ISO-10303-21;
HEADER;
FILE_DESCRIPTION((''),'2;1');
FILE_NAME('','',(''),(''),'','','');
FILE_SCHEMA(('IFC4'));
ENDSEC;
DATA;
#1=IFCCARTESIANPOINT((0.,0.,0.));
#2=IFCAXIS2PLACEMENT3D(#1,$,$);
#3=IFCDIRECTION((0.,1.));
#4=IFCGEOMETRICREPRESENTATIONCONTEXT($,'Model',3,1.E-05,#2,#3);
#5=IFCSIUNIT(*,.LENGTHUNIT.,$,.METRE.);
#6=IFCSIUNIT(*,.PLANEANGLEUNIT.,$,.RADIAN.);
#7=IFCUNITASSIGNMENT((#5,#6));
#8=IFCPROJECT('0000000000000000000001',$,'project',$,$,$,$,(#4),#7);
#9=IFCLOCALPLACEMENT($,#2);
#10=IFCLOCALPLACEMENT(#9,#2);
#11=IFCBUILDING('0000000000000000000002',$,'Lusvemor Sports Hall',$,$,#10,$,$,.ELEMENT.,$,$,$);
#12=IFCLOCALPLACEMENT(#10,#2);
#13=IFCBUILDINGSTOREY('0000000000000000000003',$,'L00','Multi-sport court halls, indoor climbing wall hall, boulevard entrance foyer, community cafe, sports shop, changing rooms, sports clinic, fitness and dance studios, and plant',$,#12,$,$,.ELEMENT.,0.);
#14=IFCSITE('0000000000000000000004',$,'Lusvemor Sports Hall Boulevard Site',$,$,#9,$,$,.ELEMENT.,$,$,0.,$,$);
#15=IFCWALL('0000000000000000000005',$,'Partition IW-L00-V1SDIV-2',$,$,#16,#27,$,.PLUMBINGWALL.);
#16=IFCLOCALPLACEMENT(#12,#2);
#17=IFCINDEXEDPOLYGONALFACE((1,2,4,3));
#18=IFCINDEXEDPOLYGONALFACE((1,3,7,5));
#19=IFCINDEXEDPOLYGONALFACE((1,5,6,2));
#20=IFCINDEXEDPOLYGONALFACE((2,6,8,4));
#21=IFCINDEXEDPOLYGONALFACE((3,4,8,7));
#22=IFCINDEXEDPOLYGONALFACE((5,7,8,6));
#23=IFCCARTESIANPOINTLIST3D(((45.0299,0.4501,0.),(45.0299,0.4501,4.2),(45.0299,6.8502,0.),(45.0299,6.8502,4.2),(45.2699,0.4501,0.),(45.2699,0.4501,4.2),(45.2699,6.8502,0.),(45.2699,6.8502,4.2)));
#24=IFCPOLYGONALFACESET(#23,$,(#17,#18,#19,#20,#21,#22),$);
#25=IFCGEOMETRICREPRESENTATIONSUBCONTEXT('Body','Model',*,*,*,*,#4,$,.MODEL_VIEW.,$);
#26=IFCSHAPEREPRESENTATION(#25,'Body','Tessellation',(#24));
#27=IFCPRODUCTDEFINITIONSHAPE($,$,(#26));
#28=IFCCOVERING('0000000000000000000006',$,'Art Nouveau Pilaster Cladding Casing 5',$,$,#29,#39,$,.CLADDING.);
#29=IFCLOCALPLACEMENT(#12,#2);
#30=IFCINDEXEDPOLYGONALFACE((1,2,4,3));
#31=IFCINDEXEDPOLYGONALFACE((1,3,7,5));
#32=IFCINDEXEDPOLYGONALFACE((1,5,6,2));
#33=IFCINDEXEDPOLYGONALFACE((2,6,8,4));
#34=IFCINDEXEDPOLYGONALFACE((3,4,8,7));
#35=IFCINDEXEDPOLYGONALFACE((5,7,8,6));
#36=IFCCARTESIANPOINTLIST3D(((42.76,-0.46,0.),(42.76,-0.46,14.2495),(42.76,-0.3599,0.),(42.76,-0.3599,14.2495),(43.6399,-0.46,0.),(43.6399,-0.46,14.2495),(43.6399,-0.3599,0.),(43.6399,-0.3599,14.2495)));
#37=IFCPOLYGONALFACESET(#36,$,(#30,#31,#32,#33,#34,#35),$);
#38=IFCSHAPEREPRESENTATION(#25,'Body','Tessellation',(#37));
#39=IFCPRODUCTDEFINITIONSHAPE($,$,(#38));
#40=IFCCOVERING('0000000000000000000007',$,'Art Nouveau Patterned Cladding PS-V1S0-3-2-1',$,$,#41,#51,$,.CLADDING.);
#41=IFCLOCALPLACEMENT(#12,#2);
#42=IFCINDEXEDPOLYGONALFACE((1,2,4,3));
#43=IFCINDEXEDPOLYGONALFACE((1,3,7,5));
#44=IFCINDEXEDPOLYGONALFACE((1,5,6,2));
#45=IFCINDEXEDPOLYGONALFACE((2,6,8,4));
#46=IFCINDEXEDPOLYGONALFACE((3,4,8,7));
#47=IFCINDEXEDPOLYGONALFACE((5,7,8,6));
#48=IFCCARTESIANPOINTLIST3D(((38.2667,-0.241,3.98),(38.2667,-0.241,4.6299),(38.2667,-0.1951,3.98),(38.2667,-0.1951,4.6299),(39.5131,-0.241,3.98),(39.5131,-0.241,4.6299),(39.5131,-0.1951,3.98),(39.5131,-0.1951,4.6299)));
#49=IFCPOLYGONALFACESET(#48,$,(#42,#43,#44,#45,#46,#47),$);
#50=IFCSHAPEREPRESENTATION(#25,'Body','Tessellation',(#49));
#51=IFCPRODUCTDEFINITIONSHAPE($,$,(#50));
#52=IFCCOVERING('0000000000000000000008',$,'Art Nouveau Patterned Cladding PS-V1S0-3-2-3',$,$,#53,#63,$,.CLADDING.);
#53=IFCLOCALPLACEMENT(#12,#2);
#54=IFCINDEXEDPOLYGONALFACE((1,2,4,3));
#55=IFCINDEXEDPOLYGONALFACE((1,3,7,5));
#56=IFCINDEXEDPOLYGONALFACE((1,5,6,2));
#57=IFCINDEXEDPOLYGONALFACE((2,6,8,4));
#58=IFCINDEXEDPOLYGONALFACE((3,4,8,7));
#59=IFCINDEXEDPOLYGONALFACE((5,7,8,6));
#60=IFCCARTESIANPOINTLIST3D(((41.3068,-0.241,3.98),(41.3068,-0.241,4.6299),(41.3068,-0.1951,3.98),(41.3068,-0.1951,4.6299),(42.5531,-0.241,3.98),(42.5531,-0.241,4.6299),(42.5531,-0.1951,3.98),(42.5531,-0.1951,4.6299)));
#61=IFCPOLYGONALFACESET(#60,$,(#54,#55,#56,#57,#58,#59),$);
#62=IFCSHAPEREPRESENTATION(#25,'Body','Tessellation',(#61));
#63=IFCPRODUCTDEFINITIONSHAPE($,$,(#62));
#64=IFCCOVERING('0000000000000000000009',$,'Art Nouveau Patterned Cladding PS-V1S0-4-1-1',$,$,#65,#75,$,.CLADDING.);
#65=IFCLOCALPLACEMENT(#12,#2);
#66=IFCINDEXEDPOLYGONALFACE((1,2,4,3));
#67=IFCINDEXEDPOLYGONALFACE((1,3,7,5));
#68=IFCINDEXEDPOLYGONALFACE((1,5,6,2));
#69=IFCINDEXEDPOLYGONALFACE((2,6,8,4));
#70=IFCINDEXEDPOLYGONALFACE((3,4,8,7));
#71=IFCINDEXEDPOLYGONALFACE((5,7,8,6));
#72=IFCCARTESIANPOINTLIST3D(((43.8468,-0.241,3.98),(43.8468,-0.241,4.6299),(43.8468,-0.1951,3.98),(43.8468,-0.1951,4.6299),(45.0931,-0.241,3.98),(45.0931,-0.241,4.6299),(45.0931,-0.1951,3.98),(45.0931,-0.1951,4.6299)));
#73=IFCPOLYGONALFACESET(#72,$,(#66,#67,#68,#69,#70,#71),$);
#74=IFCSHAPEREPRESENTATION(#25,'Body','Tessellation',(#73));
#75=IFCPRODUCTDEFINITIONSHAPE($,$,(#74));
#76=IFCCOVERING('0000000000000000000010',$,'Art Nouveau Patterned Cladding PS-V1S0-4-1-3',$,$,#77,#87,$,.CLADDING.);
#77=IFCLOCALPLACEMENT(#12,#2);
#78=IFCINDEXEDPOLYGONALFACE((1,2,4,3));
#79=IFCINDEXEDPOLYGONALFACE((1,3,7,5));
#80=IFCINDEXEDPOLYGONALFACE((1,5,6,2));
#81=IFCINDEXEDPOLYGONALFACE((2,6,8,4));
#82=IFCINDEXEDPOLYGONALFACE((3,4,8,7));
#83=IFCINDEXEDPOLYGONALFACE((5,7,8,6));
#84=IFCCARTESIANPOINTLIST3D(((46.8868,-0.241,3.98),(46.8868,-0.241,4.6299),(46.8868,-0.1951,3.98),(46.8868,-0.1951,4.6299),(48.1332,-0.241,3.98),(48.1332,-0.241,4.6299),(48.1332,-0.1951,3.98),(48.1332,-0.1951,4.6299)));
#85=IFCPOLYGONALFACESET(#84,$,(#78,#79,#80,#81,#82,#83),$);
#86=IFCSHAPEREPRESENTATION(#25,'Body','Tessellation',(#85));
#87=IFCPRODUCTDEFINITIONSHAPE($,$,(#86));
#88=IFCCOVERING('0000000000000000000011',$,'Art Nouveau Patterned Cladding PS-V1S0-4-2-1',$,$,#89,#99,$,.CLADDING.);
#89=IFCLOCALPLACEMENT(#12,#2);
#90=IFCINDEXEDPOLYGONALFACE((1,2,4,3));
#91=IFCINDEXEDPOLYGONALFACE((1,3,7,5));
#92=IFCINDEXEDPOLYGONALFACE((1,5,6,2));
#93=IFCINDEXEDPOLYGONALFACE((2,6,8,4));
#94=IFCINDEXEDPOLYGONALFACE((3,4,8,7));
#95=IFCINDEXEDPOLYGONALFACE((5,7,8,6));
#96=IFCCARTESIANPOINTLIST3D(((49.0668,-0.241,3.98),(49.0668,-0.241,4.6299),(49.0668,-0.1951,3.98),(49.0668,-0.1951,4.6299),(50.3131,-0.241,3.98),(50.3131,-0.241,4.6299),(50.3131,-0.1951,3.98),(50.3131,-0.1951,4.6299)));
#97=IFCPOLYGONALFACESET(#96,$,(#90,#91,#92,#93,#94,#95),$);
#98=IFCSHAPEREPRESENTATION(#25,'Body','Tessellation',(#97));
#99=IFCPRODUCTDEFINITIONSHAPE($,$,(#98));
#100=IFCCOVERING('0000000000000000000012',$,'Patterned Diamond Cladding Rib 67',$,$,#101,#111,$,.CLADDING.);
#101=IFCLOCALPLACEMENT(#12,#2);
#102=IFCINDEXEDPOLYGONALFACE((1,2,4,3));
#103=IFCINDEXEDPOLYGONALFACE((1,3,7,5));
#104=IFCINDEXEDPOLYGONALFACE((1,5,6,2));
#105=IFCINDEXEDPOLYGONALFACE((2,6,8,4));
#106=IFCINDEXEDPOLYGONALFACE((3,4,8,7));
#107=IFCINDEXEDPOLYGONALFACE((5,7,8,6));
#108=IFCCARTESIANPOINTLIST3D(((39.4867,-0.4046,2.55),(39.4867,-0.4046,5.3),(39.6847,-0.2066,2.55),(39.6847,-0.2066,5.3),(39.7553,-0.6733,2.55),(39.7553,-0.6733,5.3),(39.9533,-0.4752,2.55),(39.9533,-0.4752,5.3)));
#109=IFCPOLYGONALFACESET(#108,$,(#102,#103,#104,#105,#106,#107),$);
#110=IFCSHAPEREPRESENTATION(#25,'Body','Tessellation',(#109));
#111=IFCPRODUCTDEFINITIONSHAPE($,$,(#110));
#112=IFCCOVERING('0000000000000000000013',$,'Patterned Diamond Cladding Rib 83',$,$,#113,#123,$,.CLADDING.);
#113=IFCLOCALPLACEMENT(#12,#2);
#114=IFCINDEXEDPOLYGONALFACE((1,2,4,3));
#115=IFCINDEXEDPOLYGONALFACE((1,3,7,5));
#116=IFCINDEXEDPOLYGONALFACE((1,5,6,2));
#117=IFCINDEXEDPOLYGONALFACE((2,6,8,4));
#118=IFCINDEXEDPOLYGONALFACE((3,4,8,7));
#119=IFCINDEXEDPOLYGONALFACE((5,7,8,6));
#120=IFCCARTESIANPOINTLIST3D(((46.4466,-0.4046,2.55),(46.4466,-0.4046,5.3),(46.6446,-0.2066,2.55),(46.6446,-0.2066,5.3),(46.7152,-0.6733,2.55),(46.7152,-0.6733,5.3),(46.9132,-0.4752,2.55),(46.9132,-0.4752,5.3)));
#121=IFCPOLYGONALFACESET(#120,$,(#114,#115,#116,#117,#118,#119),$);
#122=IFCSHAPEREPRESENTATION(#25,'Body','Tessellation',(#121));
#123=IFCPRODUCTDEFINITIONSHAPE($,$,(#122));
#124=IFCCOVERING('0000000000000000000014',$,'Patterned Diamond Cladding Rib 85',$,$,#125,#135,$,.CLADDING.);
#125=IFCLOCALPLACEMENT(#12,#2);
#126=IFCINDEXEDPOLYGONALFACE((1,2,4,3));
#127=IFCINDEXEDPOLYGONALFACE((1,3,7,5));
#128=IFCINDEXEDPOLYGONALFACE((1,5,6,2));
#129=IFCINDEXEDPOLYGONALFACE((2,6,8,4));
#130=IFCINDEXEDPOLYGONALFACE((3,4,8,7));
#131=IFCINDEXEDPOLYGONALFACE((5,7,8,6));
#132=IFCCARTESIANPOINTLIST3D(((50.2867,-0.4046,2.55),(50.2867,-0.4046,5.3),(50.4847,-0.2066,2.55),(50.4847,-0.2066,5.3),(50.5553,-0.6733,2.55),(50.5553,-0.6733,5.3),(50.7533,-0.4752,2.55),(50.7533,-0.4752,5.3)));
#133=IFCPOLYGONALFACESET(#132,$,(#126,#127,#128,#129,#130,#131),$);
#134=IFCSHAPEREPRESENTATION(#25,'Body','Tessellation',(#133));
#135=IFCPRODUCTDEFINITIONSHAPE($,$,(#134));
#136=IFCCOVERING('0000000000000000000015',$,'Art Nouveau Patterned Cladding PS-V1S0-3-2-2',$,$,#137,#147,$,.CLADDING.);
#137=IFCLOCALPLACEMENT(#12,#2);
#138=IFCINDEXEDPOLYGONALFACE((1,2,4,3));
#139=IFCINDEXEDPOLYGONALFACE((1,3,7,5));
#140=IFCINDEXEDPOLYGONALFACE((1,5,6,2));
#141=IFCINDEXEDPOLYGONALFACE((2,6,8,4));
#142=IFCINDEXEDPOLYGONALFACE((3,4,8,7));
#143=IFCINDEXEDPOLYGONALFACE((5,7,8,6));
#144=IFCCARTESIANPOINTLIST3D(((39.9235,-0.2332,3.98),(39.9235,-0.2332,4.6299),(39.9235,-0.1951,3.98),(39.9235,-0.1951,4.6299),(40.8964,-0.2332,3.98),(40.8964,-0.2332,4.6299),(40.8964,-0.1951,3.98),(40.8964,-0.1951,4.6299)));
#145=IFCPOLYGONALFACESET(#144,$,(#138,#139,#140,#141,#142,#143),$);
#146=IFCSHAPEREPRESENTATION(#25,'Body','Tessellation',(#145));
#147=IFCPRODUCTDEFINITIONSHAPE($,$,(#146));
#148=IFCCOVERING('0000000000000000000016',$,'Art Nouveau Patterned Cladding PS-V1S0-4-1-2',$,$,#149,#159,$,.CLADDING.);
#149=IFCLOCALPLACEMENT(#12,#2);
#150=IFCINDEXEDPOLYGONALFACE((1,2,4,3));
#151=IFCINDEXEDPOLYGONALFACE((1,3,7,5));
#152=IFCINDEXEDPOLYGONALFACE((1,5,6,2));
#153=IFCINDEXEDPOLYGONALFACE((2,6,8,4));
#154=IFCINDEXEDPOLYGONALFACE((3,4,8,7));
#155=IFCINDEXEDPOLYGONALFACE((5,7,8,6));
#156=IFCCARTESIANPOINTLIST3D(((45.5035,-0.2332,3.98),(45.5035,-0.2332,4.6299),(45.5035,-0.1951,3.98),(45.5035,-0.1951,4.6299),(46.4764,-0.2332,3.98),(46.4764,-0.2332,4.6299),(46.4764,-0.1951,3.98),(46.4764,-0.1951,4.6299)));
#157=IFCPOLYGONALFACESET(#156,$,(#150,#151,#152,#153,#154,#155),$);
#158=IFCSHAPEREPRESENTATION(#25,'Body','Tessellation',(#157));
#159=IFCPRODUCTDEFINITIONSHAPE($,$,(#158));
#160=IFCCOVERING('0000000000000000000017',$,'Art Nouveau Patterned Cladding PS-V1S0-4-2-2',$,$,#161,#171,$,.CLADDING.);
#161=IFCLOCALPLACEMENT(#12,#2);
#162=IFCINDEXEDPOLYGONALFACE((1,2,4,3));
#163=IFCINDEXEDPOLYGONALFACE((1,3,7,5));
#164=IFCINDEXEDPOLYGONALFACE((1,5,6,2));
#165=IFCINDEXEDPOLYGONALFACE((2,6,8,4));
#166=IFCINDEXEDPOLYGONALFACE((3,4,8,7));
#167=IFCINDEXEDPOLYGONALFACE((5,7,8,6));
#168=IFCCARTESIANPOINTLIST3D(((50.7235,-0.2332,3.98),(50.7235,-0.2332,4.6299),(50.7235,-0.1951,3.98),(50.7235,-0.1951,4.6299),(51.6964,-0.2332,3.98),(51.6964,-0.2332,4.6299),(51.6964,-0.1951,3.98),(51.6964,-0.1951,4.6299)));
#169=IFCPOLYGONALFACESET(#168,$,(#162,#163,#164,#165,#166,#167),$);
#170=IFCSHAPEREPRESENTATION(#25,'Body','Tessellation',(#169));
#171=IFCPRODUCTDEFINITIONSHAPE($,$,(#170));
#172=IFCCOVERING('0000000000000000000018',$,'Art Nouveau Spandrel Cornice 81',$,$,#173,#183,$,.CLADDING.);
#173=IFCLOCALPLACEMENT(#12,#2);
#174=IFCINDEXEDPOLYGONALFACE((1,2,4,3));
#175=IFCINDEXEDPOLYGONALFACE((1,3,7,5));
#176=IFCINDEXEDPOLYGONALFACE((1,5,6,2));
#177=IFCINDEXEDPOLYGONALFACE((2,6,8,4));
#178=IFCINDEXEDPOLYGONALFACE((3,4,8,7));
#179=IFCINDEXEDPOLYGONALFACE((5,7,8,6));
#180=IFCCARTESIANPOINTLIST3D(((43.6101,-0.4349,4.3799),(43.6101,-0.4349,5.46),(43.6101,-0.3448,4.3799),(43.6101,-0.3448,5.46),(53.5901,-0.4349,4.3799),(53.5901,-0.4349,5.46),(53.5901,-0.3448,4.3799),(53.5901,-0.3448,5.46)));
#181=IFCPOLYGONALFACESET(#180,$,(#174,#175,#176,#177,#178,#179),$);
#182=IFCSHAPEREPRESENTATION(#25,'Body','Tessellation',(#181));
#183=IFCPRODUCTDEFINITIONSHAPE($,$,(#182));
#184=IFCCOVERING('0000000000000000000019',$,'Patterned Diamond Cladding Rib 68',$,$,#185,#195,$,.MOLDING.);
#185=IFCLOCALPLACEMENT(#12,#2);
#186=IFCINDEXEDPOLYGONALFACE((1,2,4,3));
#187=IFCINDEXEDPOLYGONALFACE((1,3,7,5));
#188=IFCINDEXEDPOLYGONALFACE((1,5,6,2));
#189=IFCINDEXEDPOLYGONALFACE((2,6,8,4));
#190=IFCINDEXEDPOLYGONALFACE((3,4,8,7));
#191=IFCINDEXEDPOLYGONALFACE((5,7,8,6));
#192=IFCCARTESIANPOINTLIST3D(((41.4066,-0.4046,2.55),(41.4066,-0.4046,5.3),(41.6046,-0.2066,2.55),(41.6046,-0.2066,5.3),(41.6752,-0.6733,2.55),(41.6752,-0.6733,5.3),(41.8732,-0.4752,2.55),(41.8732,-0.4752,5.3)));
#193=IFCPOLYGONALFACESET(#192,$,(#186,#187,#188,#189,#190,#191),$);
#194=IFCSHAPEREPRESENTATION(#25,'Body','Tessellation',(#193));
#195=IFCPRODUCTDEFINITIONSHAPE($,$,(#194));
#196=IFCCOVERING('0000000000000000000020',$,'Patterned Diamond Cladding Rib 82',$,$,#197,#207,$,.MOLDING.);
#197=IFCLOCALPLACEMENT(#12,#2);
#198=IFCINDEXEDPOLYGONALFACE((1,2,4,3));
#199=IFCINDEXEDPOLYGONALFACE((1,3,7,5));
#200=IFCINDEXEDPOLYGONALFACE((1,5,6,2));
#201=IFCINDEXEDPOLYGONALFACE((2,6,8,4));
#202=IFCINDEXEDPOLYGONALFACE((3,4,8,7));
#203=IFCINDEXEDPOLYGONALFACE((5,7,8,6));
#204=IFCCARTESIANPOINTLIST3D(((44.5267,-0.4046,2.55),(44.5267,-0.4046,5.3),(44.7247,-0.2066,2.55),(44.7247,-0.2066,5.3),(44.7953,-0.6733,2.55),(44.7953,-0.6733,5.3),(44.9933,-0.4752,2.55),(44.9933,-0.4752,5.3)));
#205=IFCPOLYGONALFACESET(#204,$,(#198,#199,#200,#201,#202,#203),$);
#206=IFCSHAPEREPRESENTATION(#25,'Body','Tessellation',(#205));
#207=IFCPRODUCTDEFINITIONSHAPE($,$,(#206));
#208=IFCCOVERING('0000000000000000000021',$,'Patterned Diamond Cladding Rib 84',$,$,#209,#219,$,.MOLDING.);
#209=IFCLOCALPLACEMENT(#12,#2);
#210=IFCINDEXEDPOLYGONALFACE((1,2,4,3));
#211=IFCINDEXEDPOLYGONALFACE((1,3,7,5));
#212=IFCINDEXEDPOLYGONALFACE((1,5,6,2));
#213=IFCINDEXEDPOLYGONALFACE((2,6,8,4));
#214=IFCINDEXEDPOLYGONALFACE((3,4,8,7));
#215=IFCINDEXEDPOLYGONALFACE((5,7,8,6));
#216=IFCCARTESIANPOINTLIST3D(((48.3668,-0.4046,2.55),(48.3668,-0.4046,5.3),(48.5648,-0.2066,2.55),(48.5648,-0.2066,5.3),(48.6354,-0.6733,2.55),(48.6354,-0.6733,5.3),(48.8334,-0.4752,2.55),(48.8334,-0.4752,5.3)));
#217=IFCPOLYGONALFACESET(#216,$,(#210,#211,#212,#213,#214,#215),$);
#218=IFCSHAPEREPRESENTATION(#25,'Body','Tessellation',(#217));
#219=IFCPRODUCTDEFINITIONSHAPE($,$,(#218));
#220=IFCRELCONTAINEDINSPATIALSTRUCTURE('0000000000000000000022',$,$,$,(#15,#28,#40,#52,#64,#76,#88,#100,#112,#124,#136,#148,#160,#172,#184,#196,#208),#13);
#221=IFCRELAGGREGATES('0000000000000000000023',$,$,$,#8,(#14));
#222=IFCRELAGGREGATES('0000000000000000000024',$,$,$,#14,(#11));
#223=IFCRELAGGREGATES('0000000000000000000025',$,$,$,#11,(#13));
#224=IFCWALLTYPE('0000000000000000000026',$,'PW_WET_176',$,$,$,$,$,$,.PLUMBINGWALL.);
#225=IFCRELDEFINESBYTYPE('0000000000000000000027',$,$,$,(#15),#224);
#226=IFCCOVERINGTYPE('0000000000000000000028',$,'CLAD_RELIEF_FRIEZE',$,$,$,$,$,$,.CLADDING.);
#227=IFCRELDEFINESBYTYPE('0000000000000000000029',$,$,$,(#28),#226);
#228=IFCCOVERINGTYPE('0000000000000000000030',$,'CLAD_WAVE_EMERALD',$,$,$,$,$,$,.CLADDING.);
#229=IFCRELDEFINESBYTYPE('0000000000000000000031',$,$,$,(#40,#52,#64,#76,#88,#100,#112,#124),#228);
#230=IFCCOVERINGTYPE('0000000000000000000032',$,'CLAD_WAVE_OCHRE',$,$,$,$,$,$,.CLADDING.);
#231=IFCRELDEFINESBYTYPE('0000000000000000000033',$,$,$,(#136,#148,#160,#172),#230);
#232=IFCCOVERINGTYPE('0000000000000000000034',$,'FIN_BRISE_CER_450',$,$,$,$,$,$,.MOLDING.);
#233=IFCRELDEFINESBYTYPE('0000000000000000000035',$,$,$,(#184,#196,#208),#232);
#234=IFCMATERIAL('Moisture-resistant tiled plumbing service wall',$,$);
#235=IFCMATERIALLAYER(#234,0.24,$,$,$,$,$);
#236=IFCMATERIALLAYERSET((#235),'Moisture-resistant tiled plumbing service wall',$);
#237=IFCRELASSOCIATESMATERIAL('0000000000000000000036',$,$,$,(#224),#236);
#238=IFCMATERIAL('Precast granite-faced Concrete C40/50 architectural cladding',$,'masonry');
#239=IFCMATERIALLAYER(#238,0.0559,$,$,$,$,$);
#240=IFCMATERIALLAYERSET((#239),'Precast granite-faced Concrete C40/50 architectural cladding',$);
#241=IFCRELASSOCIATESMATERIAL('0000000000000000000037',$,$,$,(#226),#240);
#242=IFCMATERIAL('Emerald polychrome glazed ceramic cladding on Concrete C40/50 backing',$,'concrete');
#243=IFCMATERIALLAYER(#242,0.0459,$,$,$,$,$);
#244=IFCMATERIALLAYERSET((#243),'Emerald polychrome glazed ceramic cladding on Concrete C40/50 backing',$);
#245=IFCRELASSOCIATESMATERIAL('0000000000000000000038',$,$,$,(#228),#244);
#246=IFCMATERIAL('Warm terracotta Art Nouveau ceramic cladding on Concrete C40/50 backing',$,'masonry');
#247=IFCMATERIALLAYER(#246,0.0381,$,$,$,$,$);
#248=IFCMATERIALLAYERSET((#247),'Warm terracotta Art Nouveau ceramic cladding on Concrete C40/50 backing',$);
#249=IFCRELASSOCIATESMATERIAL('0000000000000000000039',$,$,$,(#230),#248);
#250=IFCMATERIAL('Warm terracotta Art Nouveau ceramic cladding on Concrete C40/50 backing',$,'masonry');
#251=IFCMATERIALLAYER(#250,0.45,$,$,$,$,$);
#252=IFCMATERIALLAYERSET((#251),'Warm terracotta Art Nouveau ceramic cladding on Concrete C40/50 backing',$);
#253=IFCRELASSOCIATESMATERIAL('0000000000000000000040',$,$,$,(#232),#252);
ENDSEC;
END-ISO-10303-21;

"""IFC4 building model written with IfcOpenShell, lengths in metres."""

from ifc_helpers import new_model, si_unit, direction, frame, frame_2d, origin, origin_2d, place, context, subcontext, project, spatial, rectangle, extrude, material, layer, layer_set, type_object, element, save


model = new_model("IFC4")

# Units and contexts
model_context = context("Model", 3, precision=1e-05, world=origin(), true_north=direction((0.0, 1.0)))
body_context = subcontext(model_context, "Body", "Model", "MODEL_VIEW")
ifc_project = project(units=[si_unit("LENGTHUNIT", "METRE"), si_unit("PLANEANGLEUNIT", "RADIAN")], contexts=[model_context])

# Site, building, storey
site_placement = place(None, origin())
site = spatial("IfcSite", under=ifc_project, at=site_placement, Name="Lusvemor Sports Hall Boulevard Site", CompositionType="ELEMENT", RefElevation=0.0)
building_placement = place(site_placement, origin())
building = spatial("IfcBuilding", under=site, at=building_placement, Name="Lusvemor Sports Hall", CompositionType="ELEMENT")
storey_placement = place(building_placement, origin())
storey = spatial("IfcBuildingStorey", under=building, at=storey_placement, Name="L00", Description="Multi-sport court halls, indoor climbing wall hall, boulevard entrance foyer, community cafe, sports shop, changing rooms, sports clinic, fitness and dance studios, and plant", CompositionType="ELEMENT", Elevation=0.0)

# Wall
ifc_material_1 = material(Name="Moisture-resistant tiled plumbing service wall")
ifc_layer_1 = layer(ifc_material_1, 0.24)
ifc_layer_set_1 = layer_set([ifc_layer_1], Name="Moisture-resistant tiled plumbing service wall")
wall_type_1 = type_object("IfcWallType", Name="PW_WET_176", PredefinedType="PLUMBINGWALL", material=ifc_layer_set_1)
wall_1_placement = place(storey_placement, frame((45.1499, 0.45, 0.0), z_axis=(0.0, 0.0, 1.0), x_axis=(0.0, 1.0, 0.0)))
element("IfcWall", 1, at=wall_1_placement, inside=storey, type_object=wall_type_1, Name="Partition IW-L00-V1SDIV-2", PredefinedType="PLUMBINGWALL", context=body_context, shape_type="SweptSolid", body=[
    extrude(rectangle(XDim=6.4001, YDim=0.24, at=frame_2d((3.2002, 0.0))), origin(), (0.0, 0.0, 1.0), 4.2),
])

# Coverings
ifc_material_2 = material(Name="Precast granite-faced Concrete C40/50 architectural cladding", Category="masonry")
ifc_layer_2 = layer(ifc_material_2, 0.0559)
ifc_layer_set_2 = layer_set([ifc_layer_2], Name="Precast granite-faced Concrete C40/50 architectural cladding")
covering_type_1 = type_object("IfcCoveringType", Name="CLAD_RELIEF_FRIEZE", PredefinedType="CLADDING", material=ifc_layer_set_2)
covering_1_placement = place(storey_placement, frame((43.2, -0.4099, 0.0), z_axis=(0.0, 0.0, 1.0), x_axis=(1.0, 0.0, 0.0)))
element("IfcCovering", 2, at=covering_1_placement, inside=storey, type_object=covering_type_1, Name="Art Nouveau Pilaster Cladding Casing 5", PredefinedType="CLADDING", context=body_context, shape_type="SweptSolid", body=[
    extrude(rectangle(XDim=0.8799, YDim=0.1001, at=origin_2d()), origin(), (0.0, 0.0, 1.0), 14.2495),
])
ifc_material_3 = material(Name="Emerald polychrome glazed ceramic cladding on Concrete C40/50 backing", Category="concrete")
ifc_layer_3 = layer(ifc_material_3, 0.0459)
ifc_layer_set_3 = layer_set([ifc_layer_3], Name="Emerald polychrome glazed ceramic cladding on Concrete C40/50 backing")
covering_type_2 = type_object("IfcCoveringType", Name="CLAD_WAVE_EMERALD", PredefinedType="CLADDING", material=ifc_layer_set_3)
for number, where, z_axis, x_axis, name in (
    (3, (38.8899, -0.218, 3.98), (0.0, 0.0, 1.0), (1.0, 0.0, 0.0), "Art Nouveau Patterned Cladding PS-V1S0-3-2-1"),
    (4, (41.9299, -0.218, 3.98), (0.0, 0.0, 1.0), (1.0, 0.0, 0.0), "Art Nouveau Patterned Cladding PS-V1S0-3-2-3"),
    (5, (44.47, -0.218, 3.98), (0.0, 0.0, 1.0), (1.0, 0.0, 0.0), "Art Nouveau Patterned Cladding PS-V1S0-4-1-1"),
    (6, (47.51, -0.218, 3.98), (0.0, 0.0, 1.0), (1.0, 0.0, 0.0), "Art Nouveau Patterned Cladding PS-V1S0-4-1-3"),
    (7, (49.6899, -0.218, 3.98), (0.0, 0.0, 1.0), (1.0, 0.0, 0.0), "Art Nouveau Patterned Cladding PS-V1S0-4-2-1"),
):
    element("IfcCovering", number, at=place(storey_placement, frame(where, z_axis=z_axis, x_axis=x_axis)), inside=storey, type_object=covering_type_2, Name=name, PredefinedType="CLADDING", context=body_context, shape_type="SweptSolid", body=[
        extrude(rectangle(XDim=1.2463, YDim=0.0459, at=origin_2d()), origin(), (0.0, 0.0, 1.0), 0.6499),
    ])
for number, where, z_axis, x_axis, name in (
    (8, (39.72, -0.4399, 2.55), (0.0, 0.0, 1.0), (0.707107, 0.707107, 0.0), "Patterned Diamond Cladding Rib 67"),
    (9, (46.6799, -0.4399, 2.55), (0.0, 0.0, 1.0), (0.707107, 0.707107, 0.0), "Patterned Diamond Cladding Rib 83"),
    (10, (50.52, -0.4399, 2.55), (0.0, 0.0, 1.0), (0.707107, 0.707107, 0.0), "Patterned Diamond Cladding Rib 85"),
):
    element("IfcCovering", number, at=place(storey_placement, frame(where, z_axis=z_axis, x_axis=x_axis)), inside=storey, type_object=covering_type_2, Name=name, PredefinedType="CLADDING", context=body_context, shape_type="SweptSolid", body=[
        extrude(rectangle(XDim=0.28, YDim=0.3799, at=origin_2d()), origin(), (0.0, 0.0, 1.0), 2.75),
    ])
ifc_material_4 = material(Name="Warm terracotta Art Nouveau ceramic cladding on Concrete C40/50 backing", Category="masonry")
ifc_layer_4 = layer(ifc_material_4, 0.0381)
ifc_layer_set_4 = layer_set([ifc_layer_4], Name="Warm terracotta Art Nouveau ceramic cladding on Concrete C40/50 backing")
covering_type_3 = type_object("IfcCoveringType", Name="CLAD_WAVE_OCHRE", PredefinedType="CLADDING", material=ifc_layer_set_4)
for number, where, z_axis, x_axis, name in (
    (11, (40.4099, -0.2141, 3.98), (0.0, 0.0, 1.0), (1.0, 0.0, 0.0), "Art Nouveau Patterned Cladding PS-V1S0-3-2-2"),
    (12, (45.99, -0.2141, 3.98), (0.0, 0.0, 1.0), (1.0, 0.0, 0.0), "Art Nouveau Patterned Cladding PS-V1S0-4-1-2"),
    (13, (51.21, -0.2141, 3.98), (0.0, 0.0, 1.0), (1.0, 0.0, 0.0), "Art Nouveau Patterned Cladding PS-V1S0-4-2-2"),
):
    element("IfcCovering", number, at=place(storey_placement, frame(where, z_axis=z_axis, x_axis=x_axis)), inside=storey, type_object=covering_type_3, Name=name, PredefinedType="CLADDING", context=body_context, shape_type="SweptSolid", body=[
        extrude(rectangle(XDim=0.9729, YDim=0.0381, at=origin_2d()), origin(), (0.0, 0.0, 1.0), 0.6499),
    ])
covering_2_placement = place(storey_placement, frame((48.6001, -0.3899, 4.3799), z_axis=(0.0, 0.0, 1.0), x_axis=(1.0, 0.0, 0.0)))
element("IfcCovering", 14, at=covering_2_placement, inside=storey, type_object=covering_type_3, Name="Art Nouveau Spandrel Cornice 81", PredefinedType="CLADDING", context=body_context, shape_type="SweptSolid", body=[
    extrude(rectangle(XDim=9.98, YDim=0.0901, at=origin_2d()), origin(), (0.0, 0.0, 1.0), 1.0801),
])
ifc_material_5 = material(Name="Warm terracotta Art Nouveau ceramic cladding on Concrete C40/50 backing", Category="masonry")
ifc_layer_5 = layer(ifc_material_5, 0.45)
ifc_layer_set_5 = layer_set([ifc_layer_5], Name="Warm terracotta Art Nouveau ceramic cladding on Concrete C40/50 backing")
covering_type_4 = type_object("IfcCoveringType", Name="FIN_BRISE_CER_450", PredefinedType="MOLDING", material=ifc_layer_set_5)
for number, where, z_axis, x_axis, name in (
    (15, (41.6399, -0.4399, 2.55), (0.0, 0.0, 1.0), (0.707107, 0.707107, 0.0), "Patterned Diamond Cladding Rib 68"),
    (16, (44.76, -0.4399, 2.55), (0.0, 0.0, 1.0), (0.707107, 0.707107, 0.0), "Patterned Diamond Cladding Rib 82"),
    (17, (48.6001, -0.4399, 2.55), (0.0, 0.0, 1.0), (0.707107, 0.707107, 0.0), "Patterned Diamond Cladding Rib 84"),
):
    element("IfcCovering", number, at=place(storey_placement, frame(where, z_axis=z_axis, x_axis=x_axis)), inside=storey, type_object=covering_type_4, Name=name, PredefinedType="MOLDING", context=body_context, shape_type="SweptSolid", body=[
        extrude(rectangle(XDim=0.28, YDim=0.3799, at=origin_2d()), origin(), (0.0, 0.0, 1.0), 2.75),
    ])

save(model, "model.ifc")
